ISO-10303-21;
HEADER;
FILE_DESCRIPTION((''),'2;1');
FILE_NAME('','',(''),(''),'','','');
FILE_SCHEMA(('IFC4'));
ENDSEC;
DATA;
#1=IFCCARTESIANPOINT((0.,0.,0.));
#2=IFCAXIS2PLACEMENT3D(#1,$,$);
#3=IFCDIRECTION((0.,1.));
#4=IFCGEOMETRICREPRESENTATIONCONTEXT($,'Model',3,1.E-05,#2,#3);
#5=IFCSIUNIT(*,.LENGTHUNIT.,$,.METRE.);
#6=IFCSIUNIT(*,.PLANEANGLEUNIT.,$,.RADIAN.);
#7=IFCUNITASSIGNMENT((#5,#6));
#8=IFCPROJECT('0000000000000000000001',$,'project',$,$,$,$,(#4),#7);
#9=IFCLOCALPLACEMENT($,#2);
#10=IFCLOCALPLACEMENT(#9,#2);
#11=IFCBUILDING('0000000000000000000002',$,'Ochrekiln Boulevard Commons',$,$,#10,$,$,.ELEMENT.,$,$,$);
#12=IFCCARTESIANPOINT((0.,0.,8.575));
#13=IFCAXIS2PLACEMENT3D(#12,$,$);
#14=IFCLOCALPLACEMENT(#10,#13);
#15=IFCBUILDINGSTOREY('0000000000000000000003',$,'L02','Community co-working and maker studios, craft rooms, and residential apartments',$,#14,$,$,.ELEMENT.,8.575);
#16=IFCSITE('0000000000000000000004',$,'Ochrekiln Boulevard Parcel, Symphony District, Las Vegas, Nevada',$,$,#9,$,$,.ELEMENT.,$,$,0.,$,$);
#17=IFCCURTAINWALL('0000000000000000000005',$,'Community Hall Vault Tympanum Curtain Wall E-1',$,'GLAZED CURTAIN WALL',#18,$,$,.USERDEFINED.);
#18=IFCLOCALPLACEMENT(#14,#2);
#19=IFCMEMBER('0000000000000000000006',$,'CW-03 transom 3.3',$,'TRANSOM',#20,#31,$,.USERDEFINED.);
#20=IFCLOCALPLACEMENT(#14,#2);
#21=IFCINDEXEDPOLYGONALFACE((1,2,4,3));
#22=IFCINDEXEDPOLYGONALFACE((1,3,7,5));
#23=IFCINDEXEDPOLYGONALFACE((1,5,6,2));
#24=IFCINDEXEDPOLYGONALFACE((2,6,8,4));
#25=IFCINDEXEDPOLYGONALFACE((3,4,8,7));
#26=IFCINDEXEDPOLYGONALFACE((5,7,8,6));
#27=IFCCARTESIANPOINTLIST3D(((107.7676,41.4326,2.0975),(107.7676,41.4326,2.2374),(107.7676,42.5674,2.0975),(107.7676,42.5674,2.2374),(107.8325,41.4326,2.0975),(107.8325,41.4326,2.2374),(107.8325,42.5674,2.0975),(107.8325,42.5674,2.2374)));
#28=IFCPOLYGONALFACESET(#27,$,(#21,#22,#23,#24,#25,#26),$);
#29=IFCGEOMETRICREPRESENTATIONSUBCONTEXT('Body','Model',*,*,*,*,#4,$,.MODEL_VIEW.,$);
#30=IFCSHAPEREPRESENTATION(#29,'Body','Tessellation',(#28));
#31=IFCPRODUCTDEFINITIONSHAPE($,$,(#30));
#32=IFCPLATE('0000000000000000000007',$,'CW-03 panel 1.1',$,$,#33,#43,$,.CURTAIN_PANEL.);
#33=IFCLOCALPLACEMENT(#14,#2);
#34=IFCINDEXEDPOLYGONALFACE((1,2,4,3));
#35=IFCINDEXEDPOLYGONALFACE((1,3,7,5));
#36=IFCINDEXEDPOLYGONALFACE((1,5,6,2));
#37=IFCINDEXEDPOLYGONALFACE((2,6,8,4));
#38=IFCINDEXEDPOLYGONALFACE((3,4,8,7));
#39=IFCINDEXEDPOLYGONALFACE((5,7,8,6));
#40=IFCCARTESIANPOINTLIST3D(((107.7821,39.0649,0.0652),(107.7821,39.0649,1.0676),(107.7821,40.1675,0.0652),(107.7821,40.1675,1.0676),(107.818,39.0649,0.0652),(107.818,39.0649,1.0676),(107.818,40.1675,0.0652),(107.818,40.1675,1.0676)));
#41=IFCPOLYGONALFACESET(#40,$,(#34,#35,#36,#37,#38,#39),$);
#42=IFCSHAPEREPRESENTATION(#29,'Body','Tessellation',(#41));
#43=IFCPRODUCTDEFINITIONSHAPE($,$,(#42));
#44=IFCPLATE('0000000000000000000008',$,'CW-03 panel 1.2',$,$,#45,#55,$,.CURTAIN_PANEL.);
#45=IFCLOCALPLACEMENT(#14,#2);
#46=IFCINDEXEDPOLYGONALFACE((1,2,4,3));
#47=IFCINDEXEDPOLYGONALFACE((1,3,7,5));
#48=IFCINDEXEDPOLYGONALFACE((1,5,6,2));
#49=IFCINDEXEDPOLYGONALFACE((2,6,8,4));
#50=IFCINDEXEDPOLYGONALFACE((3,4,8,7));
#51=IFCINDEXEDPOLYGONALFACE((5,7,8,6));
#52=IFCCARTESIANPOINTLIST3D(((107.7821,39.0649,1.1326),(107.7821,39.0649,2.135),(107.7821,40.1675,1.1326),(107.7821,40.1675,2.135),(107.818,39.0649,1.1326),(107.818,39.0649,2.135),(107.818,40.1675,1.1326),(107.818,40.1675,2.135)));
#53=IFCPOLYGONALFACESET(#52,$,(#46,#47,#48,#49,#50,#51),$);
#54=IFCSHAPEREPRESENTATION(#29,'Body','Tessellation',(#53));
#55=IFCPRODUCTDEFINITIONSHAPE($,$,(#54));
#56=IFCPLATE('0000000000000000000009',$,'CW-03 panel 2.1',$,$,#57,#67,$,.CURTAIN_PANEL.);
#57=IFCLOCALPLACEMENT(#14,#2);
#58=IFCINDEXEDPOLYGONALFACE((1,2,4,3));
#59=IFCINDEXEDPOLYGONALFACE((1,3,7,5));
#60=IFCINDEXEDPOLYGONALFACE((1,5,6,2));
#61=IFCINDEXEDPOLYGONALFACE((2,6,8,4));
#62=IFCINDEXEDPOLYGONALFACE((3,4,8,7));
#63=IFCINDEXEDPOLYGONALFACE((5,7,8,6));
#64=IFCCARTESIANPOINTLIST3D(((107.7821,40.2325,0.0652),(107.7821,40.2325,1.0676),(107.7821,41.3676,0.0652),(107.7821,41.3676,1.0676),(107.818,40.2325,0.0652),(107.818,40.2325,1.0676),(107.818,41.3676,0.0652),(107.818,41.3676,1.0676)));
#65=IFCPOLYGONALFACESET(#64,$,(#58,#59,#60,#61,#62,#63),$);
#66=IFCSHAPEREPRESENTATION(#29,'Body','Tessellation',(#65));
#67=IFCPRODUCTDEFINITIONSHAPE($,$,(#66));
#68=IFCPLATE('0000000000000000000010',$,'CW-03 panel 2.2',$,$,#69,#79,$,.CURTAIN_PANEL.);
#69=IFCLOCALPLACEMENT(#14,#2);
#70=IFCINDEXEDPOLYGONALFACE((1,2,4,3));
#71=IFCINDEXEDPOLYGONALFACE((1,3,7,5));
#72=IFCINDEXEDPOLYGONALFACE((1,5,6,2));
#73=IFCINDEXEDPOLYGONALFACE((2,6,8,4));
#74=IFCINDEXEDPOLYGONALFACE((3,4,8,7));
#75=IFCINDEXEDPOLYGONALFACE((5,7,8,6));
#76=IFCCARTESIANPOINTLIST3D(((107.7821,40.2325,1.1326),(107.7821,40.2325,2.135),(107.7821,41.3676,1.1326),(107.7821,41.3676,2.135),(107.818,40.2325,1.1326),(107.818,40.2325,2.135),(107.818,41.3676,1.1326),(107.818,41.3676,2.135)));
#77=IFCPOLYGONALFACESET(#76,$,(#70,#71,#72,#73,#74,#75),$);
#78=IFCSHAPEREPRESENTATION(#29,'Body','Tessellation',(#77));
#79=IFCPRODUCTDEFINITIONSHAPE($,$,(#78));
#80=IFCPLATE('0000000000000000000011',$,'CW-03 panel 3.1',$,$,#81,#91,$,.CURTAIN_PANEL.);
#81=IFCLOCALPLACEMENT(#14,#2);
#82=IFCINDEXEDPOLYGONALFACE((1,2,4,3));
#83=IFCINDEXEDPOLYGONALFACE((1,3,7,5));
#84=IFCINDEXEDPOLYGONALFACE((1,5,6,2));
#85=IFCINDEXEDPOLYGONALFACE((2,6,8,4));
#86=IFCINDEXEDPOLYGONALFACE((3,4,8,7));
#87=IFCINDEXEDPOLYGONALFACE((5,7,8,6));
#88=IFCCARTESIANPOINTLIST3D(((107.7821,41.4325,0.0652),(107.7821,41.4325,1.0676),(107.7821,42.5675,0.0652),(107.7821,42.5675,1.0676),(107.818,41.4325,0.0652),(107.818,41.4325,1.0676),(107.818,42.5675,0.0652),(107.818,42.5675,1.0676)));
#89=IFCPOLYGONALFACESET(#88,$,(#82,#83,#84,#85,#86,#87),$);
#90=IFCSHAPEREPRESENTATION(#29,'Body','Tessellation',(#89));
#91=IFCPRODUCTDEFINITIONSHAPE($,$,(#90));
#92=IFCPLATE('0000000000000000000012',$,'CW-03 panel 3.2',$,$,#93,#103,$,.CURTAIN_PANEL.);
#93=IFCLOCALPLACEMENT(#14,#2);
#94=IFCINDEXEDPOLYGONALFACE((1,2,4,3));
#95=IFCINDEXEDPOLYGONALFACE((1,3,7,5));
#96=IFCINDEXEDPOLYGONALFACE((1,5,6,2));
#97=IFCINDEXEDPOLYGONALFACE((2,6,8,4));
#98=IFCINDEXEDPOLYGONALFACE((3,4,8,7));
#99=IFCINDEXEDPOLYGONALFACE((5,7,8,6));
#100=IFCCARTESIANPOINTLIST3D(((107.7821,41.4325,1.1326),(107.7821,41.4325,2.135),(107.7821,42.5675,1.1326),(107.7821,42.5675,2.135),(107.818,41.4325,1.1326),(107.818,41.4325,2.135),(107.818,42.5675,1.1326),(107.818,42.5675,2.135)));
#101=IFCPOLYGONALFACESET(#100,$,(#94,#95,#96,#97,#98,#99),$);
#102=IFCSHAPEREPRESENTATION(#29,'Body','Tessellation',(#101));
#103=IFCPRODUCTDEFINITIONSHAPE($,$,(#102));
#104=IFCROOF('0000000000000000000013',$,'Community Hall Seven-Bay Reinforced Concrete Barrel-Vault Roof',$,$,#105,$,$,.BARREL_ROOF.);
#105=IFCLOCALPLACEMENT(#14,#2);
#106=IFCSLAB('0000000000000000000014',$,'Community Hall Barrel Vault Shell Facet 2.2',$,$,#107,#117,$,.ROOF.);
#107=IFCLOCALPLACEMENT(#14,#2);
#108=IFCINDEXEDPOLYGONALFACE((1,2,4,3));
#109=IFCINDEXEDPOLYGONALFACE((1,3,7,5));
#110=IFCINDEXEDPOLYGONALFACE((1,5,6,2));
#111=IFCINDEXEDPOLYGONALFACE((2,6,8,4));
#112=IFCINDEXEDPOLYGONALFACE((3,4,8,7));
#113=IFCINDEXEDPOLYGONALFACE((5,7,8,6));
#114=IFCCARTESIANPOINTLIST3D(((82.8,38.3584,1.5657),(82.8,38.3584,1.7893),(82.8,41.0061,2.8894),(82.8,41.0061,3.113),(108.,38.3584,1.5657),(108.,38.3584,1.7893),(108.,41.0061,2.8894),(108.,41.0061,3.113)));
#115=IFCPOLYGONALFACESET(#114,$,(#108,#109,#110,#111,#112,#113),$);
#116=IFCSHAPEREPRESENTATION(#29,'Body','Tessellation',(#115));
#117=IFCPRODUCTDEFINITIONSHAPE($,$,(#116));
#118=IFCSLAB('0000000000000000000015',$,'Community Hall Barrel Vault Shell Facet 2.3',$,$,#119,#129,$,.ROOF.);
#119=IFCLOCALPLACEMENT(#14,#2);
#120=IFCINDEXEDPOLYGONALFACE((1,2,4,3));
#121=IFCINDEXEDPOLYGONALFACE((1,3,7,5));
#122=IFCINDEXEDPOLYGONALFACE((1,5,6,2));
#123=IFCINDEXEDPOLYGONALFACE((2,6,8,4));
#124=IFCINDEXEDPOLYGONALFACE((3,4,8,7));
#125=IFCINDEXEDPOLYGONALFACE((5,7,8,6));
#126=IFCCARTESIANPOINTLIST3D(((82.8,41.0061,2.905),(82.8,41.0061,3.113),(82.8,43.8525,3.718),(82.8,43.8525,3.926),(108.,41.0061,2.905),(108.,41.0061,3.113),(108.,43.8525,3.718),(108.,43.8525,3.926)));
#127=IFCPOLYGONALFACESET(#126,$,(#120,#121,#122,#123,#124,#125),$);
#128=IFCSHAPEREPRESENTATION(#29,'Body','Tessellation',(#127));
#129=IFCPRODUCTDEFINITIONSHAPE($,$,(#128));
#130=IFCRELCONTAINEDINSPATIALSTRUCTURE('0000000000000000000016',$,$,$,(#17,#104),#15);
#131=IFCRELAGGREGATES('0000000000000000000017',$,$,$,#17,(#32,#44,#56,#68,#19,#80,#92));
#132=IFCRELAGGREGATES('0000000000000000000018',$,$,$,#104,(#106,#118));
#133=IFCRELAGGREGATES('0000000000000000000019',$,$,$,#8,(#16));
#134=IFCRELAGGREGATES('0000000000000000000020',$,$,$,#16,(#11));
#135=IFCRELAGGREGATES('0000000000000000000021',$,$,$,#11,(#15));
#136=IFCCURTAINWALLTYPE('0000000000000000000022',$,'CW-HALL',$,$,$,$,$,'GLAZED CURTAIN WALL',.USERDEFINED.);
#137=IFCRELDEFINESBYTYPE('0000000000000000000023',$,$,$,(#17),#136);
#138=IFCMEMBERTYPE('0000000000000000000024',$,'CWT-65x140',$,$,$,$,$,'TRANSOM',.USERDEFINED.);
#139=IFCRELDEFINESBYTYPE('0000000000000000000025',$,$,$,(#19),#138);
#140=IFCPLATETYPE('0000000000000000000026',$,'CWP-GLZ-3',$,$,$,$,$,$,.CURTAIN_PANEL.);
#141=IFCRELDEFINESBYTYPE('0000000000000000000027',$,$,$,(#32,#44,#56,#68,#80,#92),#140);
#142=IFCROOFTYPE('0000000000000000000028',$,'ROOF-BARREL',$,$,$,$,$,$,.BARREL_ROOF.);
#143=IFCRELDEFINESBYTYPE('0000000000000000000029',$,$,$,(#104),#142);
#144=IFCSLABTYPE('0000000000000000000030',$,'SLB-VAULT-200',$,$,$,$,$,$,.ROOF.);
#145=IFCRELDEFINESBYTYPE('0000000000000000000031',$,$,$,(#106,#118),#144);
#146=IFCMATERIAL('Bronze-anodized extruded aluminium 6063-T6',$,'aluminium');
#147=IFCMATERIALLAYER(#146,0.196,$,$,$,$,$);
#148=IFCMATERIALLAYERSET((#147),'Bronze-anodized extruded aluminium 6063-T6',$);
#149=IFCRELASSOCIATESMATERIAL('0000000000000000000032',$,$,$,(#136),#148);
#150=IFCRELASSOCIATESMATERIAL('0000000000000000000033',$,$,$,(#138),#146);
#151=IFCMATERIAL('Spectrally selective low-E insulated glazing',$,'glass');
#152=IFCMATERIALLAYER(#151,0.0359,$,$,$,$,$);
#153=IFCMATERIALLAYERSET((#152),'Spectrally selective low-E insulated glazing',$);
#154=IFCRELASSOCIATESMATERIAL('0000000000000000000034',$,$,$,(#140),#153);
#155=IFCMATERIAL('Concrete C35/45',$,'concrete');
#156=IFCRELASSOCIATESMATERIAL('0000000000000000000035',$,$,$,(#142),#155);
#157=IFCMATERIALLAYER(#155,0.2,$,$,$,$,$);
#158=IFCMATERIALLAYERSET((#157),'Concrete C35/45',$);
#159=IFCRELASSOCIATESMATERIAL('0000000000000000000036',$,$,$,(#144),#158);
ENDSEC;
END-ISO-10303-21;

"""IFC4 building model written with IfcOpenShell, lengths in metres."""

from ifc_helpers import new_model, si_unit, direction, frame, origin, origin_2d, place, context, subcontext, project, spatial, polyline, rectangle, outline, extrude, material, layer, layer_set, material_profile, profile_set, type_object, element, aggregate, save


model = new_model("IFC4")

# Units and contexts
model_context = context("Model", 3, precision=1e-05, world=origin(), true_north=direction((0.0, 1.0)))
body_context = subcontext(model_context, "Body", "Model", "MODEL_VIEW")
ifc_project = project(units=[si_unit("LENGTHUNIT", "METRE"), si_unit("PLANEANGLEUNIT", "RADIAN")], contexts=[model_context])

# Site, building, storey
site_placement = place(None, origin())
site = spatial("IfcSite", under=ifc_project, at=site_placement, Name="Ochrekiln Boulevard Parcel, Symphony District, Las Vegas, Nevada", CompositionType="ELEMENT", RefElevation=0.0)
building_placement = place(site_placement, origin())
building = spatial("IfcBuilding", under=site, at=building_placement, Name="Ochrekiln Boulevard Commons", CompositionType="ELEMENT")
storey_placement = place(building_placement, frame((0.0, 0.0, 8.575)))
storey = spatial("IfcBuildingStorey", under=building, at=storey_placement, Name="L02", Description="Community co-working and maker studios, craft rooms, and residential apartments", CompositionType="ELEMENT", Elevation=8.575)

# Curtain wall, member, plates
ifc_material_1 = material(Name="Bronze-anodized extruded aluminium 6063-T6", Category="aluminium")
ifc_layer_1 = layer(ifc_material_1, 0.196)
ifc_layer_set_1 = layer_set([ifc_layer_1], Name="Bronze-anodized extruded aluminium 6063-T6")
curtain_wall_type = type_object("IfcCurtainWallType", Name="CW-HALL", ElementType="GLAZED CURTAIN WALL", PredefinedType="USERDEFINED", material=ifc_layer_set_1)
curtain_wall_placement = place(storey_placement, origin())
curtain_wall = element("IfcCurtainWall", 1, at=curtain_wall_placement, inside=storey, type_object=curtain_wall_type, Name="Community Hall Vault Tympanum Curtain Wall E-1", ObjectType="GLAZED CURTAIN WALL", PredefinedType="USERDEFINED")
ifc_material_profile_1 = material_profile(ifc_material_1, rectangle(XDim=0.0649, YDim=0.1399, at=origin_2d()), Name="ALU-TRN-65x140")
ifc_profile_set_1 = profile_set([ifc_material_profile_1], Name="Bronze-anodized extruded aluminium 6063-T6")
member_type_1 = type_object("IfcMemberType", Name="CWT-65x140", ElementType="TRANSOM", PredefinedType="USERDEFINED", material=ifc_profile_set_1)
member_1_placement = place(storey_placement, frame((107.8, 41.4326, 2.1675), z_axis=(0.0, 1.0, 0.0), x_axis=(-1.0, 0.0, 0.0)))
member_1 = element("IfcMember", 2, at=member_1_placement, type_object=member_type_1, Name="CW-03 transom 3.3", ObjectType="TRANSOM", PredefinedType="USERDEFINED", context=body_context, shape_type="SweptSolid", body=[
    extrude(rectangle(XDim=0.0649, YDim=0.1399, at=origin_2d()), origin(), (0.0, 0.0, 1.0), 1.1348),
])
ifc_material_2 = material(Name="Spectrally selective low-E insulated glazing", Category="glass")
ifc_layer_2 = layer(ifc_material_2, 0.0359)
ifc_layer_set_2 = layer_set([ifc_layer_2], Name="Spectrally selective low-E insulated glazing")
plate_type = type_object("IfcPlateType", Name="CWP-GLZ-3", PredefinedType="CURTAIN_PANEL", material=ifc_layer_set_2)
plate_1_placement = place(storey_placement, frame((107.8, 39.6162, 0.0652), z_axis=(0.0, 0.0, 1.0), x_axis=(0.0, 1.0, 0.0)))
plate_1 = element("IfcPlate", 3, at=plate_1_placement, type_object=plate_type, Name="CW-03 panel 1.1", PredefinedType="CURTAIN_PANEL", context=body_context, shape_type="SweptSolid", body=[
    extrude(rectangle(XDim=1.1025, YDim=0.0359, at=origin_2d()), origin(), (0.0, 0.0, 1.0), 1.0024),
])
plate_2_placement = place(storey_placement, frame((107.8, 39.6162, 1.1326), z_axis=(0.0, 0.0, 1.0), x_axis=(0.0, 1.0, 0.0)))
plate_2 = element("IfcPlate", 4, at=plate_2_placement, type_object=plate_type, Name="CW-03 panel 1.2", PredefinedType="CURTAIN_PANEL", context=body_context, shape_type="SweptSolid", body=[
    extrude(rectangle(XDim=1.1025, YDim=0.0359, at=origin_2d()), origin(), (0.0, 0.0, 1.0), 1.0024),
])
plate_3_placement = place(storey_placement, frame((107.8, 40.8, 0.0652), z_axis=(0.0, 0.0, 1.0), x_axis=(0.0, 1.0, 0.0)))
plate_3 = element("IfcPlate", 5, at=plate_3_placement, type_object=plate_type, Name="CW-03 panel 2.1", PredefinedType="CURTAIN_PANEL", context=body_context, shape_type="SweptSolid", body=[
    extrude(rectangle(XDim=1.135, YDim=0.0359, at=origin_2d()), origin(), (0.0, 0.0, 1.0), 1.0024),
])
plate_4_placement = place(storey_placement, frame((107.8, 40.8, 1.1326), z_axis=(0.0, 0.0, 1.0), x_axis=(0.0, 1.0, 0.0)))
plate_4 = element("IfcPlate", 6, at=plate_4_placement, type_object=plate_type, Name="CW-03 panel 2.2", PredefinedType="CURTAIN_PANEL", context=body_context, shape_type="SweptSolid", body=[
    extrude(rectangle(XDim=1.135, YDim=0.0359, at=origin_2d()), origin(), (0.0, 0.0, 1.0), 1.0024),
])
plate_5_placement = place(storey_placement, frame((107.8, 42.0, 0.0652), z_axis=(0.0, 0.0, 1.0), x_axis=(0.0, 1.0, 0.0)))
plate_5 = element("IfcPlate", 7, at=plate_5_placement, type_object=plate_type, Name="CW-03 panel 3.1", PredefinedType="CURTAIN_PANEL", context=body_context, shape_type="SweptSolid", body=[
    extrude(rectangle(XDim=1.135, YDim=0.0359, at=origin_2d()), origin(), (0.0, 0.0, 1.0), 1.0024),
])
plate_6_placement = place(storey_placement, frame((107.8, 42.0, 1.1326), z_axis=(0.0, 0.0, 1.0), x_axis=(0.0, 1.0, 0.0)))
plate_6 = element("IfcPlate", 8, at=plate_6_placement, type_object=plate_type, Name="CW-03 panel 3.2", PredefinedType="CURTAIN_PANEL", context=body_context, shape_type="SweptSolid", body=[
    extrude(rectangle(XDim=1.135, YDim=0.0359, at=origin_2d()), origin(), (0.0, 0.0, 1.0), 1.0024),
])
aggregate(curtain_wall, [plate_1, plate_2, plate_3, plate_4, member_1, plate_5, plate_6])

# Roof, slabs
ifc_material_3 = material(Name="Concrete C35/45", Category="concrete")
roof_type = type_object("IfcRoofType", Name="ROOF-BARREL", PredefinedType="BARREL_ROOF", material=ifc_material_3)
roof_placement = place(storey_placement, origin())
roof = element("IfcRoof", 9, at=roof_placement, inside=storey, type_object=roof_type, Name="Community Hall Seven-Bay Reinforced Concrete Barrel-Vault Roof", PredefinedType="BARREL_ROOF")
ifc_layer_3 = layer(ifc_material_3, 0.2)
ifc_layer_set_3 = layer_set([ifc_layer_3], Name="Concrete C35/45")
slab_type = type_object("IfcSlabType", Name="SLB-VAULT-200", PredefinedType="ROOF", material=ifc_layer_set_3)
slab_1_placement = place(storey_placement, frame((82.8, 38.3584, 1.7893), z_axis=(1.0, 0.0, 0.0), x_axis=(0.0, 1.0, 0.0)))
slab_1 = element("IfcSlab", 10, at=slab_1_placement, type_object=slab_type, Name="Community Hall Barrel Vault Shell Facet 2.2", PredefinedType="ROOF", context=body_context, shape_type="SweptSolid", body=[
    extrude(outline(polyline([(0.0, 0.0), (2.6477, 1.3237), (2.6477, 1.1001), (0.0, -0.2236), (0.0, 0.0)])), origin(), (0.0, 0.0, 1.0), 25.2),
])
slab_2_placement = place(storey_placement, frame((82.8, 41.0061, 3.113), z_axis=(1.0, 0.0, 0.0), x_axis=(0.0, 1.0, 0.0)))
slab_2 = element("IfcSlab", 11, at=slab_2_placement, type_object=slab_type, Name="Community Hall Barrel Vault Shell Facet 2.3", PredefinedType="ROOF", context=body_context, shape_type="SweptSolid", body=[
    extrude(outline(polyline([(0.0, 0.0), (2.8464, 0.813), (2.8464, 0.605), (0.0, -0.208), (0.0, 0.0)])), origin(), (0.0, 0.0, 1.0), 25.2),
])
aggregate(roof, [slab_1, slab_2])

save(model, "model.ifc")
